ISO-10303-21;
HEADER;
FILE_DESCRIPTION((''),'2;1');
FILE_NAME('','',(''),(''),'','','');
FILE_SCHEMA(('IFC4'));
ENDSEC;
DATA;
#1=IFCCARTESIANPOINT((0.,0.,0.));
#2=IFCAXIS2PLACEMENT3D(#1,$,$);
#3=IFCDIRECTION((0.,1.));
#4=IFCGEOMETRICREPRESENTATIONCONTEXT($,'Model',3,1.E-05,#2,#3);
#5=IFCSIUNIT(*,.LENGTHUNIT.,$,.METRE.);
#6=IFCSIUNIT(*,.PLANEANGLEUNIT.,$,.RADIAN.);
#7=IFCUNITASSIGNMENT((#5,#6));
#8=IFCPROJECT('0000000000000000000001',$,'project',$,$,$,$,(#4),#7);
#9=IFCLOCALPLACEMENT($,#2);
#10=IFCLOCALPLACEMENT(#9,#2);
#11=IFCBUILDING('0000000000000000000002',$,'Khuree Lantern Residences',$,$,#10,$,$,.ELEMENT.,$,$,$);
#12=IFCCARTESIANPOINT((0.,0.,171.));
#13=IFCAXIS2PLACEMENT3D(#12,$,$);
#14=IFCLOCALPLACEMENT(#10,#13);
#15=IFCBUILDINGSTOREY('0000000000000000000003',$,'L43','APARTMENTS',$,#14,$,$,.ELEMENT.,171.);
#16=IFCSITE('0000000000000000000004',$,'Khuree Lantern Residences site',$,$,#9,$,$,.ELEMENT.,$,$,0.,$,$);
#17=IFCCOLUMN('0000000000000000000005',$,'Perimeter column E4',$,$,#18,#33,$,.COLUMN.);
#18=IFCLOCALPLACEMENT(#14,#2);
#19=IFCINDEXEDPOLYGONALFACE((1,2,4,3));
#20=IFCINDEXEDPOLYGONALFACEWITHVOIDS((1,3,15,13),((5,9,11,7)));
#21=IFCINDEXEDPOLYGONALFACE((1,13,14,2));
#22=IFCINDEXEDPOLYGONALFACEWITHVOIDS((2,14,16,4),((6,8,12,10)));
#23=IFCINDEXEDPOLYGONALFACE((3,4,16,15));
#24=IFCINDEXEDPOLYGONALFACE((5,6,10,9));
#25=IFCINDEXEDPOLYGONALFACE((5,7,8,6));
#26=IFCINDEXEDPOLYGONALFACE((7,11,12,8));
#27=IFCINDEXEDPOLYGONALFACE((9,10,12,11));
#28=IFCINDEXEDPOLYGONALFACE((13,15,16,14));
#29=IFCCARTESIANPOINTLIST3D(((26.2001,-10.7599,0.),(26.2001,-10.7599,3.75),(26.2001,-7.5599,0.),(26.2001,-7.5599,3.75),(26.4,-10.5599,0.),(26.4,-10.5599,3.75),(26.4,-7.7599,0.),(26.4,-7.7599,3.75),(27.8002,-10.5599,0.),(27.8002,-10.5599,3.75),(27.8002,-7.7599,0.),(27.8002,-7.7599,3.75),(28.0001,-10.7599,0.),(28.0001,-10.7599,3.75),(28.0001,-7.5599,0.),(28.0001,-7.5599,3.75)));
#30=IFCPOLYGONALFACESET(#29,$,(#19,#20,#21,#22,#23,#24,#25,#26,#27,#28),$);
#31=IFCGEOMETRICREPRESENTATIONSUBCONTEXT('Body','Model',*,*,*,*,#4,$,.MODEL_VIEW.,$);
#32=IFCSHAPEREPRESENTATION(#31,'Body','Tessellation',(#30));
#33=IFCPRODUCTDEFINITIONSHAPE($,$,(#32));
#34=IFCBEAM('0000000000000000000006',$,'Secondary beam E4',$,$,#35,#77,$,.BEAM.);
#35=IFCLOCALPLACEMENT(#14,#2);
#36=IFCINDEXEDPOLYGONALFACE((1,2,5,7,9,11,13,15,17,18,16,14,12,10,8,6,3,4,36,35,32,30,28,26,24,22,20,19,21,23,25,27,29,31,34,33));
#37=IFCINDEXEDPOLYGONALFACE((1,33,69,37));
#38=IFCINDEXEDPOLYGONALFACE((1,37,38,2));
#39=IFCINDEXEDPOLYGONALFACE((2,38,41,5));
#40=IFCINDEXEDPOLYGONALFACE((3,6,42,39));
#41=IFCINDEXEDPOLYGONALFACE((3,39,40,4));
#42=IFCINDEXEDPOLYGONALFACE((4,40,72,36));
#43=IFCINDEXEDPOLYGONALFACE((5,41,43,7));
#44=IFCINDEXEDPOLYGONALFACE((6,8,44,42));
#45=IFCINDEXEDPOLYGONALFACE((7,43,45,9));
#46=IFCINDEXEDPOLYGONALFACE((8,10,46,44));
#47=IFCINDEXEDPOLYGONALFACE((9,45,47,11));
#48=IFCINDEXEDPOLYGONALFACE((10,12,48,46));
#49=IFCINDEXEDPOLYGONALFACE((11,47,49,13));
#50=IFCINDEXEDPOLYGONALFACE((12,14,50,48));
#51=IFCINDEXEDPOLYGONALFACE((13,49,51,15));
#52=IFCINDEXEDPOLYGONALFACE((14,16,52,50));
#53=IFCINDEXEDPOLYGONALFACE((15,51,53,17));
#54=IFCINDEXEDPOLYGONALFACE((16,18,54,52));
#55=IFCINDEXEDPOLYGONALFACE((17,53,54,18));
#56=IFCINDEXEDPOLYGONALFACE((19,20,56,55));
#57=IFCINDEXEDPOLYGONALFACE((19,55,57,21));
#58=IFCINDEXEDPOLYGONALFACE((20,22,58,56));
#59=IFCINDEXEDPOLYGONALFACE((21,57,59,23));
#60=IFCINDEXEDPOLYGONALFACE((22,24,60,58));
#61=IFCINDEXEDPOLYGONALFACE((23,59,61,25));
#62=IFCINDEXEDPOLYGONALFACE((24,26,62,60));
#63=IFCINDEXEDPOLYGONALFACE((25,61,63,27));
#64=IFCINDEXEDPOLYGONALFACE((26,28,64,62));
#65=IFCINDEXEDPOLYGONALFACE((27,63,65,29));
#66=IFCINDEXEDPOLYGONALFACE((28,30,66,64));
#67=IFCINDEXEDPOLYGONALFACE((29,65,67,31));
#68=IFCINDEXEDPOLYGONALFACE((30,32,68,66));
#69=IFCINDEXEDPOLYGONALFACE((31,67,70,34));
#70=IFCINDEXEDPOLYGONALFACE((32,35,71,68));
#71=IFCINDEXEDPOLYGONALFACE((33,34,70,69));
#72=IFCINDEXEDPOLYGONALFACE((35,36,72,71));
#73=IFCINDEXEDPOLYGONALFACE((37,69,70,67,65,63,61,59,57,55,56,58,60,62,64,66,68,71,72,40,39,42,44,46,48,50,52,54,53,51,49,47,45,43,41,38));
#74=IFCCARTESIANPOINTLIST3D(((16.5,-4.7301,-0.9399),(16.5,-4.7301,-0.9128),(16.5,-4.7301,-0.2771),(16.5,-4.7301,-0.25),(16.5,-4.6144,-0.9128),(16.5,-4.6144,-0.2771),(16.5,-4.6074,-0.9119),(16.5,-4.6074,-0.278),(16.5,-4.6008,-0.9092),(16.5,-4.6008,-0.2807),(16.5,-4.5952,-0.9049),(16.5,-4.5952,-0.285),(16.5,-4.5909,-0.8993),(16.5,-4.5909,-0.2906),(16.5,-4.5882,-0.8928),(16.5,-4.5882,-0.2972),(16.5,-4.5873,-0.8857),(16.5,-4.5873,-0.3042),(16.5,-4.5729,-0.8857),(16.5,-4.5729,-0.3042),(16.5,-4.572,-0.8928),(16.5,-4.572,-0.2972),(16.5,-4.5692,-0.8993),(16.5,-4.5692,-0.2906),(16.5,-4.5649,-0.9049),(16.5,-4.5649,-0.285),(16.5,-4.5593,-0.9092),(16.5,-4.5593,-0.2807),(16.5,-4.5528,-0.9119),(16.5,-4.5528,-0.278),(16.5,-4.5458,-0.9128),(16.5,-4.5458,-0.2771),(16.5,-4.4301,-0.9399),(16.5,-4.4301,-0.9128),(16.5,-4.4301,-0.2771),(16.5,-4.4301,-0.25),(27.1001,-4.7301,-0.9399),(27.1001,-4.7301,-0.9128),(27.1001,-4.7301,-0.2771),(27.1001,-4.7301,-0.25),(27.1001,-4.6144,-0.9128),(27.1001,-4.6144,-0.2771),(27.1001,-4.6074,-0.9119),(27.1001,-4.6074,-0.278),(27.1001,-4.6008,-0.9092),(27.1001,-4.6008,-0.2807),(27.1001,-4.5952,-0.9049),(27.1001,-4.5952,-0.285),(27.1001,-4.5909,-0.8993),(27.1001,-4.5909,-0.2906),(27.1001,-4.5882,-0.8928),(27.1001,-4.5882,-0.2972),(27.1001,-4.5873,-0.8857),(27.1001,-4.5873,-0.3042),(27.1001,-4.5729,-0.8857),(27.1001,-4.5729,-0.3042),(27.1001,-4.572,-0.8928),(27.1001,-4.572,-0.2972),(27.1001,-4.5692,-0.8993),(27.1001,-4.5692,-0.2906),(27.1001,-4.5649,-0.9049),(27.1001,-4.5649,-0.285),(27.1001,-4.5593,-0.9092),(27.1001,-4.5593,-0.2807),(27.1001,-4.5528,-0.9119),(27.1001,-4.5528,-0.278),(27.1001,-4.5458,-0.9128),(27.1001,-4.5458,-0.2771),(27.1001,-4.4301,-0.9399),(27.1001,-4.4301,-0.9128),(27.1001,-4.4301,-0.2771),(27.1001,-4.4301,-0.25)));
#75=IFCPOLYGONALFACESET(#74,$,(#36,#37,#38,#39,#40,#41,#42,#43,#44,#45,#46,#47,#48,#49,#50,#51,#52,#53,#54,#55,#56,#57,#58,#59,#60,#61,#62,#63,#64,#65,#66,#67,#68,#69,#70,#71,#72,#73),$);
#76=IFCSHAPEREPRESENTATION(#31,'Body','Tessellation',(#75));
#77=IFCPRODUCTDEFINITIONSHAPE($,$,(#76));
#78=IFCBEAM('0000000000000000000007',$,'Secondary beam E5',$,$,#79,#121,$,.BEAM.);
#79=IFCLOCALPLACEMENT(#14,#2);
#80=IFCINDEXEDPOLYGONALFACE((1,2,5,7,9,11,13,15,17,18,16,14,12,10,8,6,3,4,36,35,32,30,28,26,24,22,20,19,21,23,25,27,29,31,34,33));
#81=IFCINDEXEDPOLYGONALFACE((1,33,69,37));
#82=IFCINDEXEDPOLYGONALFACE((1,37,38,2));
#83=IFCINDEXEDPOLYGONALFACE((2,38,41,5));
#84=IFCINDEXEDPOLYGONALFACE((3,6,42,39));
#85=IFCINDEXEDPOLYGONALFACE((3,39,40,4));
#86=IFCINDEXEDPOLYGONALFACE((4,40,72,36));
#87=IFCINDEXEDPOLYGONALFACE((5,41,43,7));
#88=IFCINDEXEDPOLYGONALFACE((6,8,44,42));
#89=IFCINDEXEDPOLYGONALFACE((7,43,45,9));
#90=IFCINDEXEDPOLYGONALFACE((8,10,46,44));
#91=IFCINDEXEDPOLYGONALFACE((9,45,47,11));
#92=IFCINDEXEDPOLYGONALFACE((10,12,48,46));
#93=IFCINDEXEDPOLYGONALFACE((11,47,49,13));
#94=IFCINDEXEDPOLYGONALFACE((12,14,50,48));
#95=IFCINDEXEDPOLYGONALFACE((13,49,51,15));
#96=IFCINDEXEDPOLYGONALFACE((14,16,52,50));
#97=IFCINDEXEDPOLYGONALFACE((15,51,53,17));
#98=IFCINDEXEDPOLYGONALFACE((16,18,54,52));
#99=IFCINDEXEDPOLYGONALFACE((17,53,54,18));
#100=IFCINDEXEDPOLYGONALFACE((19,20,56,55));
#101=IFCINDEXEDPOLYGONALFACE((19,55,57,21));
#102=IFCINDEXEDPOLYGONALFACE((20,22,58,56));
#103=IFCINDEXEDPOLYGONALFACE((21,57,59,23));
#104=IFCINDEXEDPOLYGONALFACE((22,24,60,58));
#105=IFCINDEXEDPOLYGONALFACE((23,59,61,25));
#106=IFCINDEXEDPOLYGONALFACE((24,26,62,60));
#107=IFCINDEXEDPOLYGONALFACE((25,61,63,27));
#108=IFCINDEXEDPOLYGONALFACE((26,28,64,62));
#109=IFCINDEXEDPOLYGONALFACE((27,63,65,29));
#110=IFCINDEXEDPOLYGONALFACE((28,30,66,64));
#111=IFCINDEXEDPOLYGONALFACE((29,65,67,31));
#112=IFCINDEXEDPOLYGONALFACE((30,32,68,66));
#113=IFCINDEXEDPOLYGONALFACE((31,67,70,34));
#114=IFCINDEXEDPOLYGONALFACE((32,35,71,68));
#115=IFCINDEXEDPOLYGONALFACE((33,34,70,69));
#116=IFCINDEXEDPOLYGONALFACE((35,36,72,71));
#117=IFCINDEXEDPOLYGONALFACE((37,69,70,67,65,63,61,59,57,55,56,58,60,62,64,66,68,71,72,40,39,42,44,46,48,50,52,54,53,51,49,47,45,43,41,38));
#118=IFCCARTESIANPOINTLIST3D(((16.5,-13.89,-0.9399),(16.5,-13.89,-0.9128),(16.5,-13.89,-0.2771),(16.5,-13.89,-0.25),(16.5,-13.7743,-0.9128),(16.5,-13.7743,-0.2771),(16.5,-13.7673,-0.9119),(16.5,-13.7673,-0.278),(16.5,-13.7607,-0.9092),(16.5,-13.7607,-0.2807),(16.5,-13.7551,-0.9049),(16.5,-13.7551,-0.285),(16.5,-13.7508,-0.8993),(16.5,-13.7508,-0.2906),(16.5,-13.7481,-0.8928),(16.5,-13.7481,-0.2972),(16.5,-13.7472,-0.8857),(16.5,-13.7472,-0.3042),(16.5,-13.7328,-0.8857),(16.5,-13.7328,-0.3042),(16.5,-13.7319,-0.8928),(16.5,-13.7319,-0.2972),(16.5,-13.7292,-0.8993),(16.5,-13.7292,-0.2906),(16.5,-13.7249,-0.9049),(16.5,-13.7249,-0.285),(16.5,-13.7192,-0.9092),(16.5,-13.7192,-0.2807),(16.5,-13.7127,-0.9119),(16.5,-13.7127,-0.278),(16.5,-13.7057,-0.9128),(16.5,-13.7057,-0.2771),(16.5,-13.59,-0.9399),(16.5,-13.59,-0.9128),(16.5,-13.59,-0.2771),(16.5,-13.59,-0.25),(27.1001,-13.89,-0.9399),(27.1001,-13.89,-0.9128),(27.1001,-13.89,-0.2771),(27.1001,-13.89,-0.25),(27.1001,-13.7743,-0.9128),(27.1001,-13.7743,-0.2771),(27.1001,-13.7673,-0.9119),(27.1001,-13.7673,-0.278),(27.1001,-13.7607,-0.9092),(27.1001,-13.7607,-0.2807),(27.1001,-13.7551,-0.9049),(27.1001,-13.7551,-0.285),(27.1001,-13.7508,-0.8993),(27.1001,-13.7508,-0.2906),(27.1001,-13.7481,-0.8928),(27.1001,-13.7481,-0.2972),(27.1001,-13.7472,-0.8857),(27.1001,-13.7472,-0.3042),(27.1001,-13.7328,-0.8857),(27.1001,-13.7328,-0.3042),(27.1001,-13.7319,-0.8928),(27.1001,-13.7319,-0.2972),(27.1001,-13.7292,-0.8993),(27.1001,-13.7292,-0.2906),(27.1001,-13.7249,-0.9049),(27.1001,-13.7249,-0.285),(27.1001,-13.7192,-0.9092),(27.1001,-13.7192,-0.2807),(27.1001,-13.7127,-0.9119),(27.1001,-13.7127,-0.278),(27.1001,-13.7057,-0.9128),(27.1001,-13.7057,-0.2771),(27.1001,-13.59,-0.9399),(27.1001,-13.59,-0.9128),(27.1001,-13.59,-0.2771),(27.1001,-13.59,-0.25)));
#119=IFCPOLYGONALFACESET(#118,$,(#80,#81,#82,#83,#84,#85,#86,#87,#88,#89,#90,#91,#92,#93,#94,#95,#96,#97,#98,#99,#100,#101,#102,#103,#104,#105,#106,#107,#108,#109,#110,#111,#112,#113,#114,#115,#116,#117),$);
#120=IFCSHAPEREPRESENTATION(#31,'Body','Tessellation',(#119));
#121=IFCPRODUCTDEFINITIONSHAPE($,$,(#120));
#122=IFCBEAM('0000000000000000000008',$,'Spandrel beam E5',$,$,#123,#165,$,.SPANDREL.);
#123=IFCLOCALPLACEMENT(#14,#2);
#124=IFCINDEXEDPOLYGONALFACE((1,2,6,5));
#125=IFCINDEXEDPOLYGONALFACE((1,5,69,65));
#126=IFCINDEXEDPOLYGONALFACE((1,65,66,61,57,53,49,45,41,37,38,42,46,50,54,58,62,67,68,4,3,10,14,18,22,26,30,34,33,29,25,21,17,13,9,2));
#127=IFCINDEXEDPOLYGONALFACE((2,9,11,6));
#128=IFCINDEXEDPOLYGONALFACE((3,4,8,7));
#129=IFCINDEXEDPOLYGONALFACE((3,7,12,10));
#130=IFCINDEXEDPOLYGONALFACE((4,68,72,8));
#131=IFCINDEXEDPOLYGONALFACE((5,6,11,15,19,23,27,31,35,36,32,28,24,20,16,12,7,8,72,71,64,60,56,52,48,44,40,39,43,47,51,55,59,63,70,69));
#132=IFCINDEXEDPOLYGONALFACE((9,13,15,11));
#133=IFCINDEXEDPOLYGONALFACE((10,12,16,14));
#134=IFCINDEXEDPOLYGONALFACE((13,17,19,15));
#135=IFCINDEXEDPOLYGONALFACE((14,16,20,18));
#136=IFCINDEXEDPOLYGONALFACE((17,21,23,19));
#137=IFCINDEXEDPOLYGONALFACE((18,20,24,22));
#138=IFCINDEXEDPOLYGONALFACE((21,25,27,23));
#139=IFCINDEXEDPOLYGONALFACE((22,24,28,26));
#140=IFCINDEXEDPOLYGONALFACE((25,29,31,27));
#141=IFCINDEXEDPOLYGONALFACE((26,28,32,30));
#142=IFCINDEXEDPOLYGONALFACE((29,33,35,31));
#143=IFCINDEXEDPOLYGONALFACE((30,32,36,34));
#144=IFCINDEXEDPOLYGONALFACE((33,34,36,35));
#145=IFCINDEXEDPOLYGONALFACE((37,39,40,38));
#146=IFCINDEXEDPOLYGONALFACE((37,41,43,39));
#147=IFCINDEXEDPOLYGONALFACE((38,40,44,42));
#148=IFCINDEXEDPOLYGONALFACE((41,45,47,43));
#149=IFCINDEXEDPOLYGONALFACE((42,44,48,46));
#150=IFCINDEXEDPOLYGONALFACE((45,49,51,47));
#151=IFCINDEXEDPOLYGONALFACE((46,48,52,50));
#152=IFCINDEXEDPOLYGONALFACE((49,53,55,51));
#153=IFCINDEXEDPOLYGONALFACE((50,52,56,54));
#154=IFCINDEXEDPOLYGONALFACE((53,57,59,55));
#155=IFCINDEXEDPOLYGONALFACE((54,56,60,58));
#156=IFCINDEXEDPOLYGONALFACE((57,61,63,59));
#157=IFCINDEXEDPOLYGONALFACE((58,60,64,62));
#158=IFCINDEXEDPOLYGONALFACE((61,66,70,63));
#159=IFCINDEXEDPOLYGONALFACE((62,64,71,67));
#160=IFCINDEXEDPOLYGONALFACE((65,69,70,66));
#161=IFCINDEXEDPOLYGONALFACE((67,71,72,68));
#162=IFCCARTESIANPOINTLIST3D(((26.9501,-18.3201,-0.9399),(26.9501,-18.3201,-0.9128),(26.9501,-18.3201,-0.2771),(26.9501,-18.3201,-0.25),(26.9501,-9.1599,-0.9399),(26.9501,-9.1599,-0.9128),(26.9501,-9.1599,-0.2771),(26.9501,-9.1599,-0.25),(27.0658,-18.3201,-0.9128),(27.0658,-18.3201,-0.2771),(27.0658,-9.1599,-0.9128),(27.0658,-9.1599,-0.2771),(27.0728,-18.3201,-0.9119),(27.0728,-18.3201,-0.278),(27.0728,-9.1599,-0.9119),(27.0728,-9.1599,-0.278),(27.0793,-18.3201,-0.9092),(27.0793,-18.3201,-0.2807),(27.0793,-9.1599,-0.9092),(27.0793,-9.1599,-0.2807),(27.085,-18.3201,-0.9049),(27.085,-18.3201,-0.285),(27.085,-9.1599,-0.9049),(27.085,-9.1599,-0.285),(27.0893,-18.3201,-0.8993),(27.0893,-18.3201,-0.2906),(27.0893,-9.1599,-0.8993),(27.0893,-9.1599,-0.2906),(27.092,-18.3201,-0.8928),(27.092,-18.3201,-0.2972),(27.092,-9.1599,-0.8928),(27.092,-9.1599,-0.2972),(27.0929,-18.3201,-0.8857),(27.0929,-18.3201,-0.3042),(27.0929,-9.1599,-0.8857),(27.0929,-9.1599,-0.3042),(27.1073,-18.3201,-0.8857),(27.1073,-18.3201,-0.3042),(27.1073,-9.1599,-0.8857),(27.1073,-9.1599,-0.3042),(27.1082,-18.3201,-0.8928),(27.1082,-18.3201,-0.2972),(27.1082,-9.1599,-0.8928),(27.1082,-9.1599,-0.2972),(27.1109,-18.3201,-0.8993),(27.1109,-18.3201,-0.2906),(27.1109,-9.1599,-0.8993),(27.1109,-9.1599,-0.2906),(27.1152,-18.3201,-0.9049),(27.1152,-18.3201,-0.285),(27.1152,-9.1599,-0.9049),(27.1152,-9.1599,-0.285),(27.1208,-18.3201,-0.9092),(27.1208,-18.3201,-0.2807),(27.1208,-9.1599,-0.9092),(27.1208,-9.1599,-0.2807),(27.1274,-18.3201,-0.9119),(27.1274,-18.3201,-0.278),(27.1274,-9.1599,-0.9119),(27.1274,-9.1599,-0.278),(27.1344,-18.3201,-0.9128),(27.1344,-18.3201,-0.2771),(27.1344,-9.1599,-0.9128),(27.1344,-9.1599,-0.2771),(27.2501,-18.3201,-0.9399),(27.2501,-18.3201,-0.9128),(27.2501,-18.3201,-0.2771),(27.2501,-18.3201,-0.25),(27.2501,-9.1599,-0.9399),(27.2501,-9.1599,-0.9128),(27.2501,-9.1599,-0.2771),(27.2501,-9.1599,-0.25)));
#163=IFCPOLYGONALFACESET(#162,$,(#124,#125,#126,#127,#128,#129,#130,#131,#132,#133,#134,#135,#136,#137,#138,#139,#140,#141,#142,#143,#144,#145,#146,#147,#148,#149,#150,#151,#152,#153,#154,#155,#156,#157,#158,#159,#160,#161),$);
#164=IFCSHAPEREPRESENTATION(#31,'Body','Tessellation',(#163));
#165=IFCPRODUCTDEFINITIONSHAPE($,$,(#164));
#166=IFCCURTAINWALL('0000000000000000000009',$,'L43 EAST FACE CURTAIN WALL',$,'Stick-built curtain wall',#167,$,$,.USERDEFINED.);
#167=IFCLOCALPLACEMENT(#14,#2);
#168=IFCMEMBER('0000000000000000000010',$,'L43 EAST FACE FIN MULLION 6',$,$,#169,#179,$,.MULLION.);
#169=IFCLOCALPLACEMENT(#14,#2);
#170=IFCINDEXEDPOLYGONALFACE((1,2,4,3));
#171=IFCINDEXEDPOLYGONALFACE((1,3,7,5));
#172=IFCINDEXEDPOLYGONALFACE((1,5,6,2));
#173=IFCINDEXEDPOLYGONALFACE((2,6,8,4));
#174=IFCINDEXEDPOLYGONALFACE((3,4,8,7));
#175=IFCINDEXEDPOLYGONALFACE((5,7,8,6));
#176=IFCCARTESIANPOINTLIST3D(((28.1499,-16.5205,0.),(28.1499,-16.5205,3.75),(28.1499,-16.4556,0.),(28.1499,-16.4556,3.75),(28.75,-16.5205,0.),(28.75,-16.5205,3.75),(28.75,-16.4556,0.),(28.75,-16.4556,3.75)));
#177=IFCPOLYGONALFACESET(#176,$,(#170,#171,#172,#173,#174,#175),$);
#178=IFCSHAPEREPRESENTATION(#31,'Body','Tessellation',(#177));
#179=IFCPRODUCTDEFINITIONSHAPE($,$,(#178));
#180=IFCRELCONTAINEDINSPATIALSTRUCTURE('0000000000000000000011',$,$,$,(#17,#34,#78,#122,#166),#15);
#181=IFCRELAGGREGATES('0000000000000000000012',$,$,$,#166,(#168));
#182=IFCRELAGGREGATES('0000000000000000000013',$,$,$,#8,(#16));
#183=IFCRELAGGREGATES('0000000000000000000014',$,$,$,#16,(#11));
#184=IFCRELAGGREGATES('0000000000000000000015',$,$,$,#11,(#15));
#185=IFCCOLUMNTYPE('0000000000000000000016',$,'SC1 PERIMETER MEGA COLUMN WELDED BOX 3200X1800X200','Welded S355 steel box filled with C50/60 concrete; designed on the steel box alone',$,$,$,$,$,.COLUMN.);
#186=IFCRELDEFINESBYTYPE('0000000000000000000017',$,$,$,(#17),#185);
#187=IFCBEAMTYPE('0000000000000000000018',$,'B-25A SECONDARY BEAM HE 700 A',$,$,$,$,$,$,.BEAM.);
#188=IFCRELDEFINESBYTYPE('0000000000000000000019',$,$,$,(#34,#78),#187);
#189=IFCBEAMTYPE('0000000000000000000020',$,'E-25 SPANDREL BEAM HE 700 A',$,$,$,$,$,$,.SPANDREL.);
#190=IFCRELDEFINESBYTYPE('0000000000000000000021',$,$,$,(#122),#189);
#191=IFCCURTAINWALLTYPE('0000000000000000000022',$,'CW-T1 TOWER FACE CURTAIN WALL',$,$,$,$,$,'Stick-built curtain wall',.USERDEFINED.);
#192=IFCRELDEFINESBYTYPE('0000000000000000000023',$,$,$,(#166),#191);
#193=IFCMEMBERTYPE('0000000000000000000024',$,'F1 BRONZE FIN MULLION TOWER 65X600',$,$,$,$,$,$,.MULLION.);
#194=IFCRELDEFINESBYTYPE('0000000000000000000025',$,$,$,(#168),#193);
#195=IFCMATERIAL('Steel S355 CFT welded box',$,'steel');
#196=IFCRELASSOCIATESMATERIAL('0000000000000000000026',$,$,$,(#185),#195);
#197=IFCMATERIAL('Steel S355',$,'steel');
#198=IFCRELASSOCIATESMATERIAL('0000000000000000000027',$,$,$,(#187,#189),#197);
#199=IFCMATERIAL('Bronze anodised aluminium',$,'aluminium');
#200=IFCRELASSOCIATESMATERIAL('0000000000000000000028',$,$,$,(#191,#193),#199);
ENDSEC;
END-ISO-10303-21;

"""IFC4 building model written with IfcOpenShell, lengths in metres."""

from ifc_helpers import new_model, si_unit, direction, frame, origin, origin_2d, place, context, subcontext, project, spatial, rectangle, hollow_rectangle, i_section, extrude, material, material_profile, profile_set, type_object, element, aggregate, save


model = new_model("IFC4")

# Units and contexts
model_context = context("Model", 3, precision=1e-05, world=origin(), true_north=direction((0.0, 1.0)))
body_context = subcontext(model_context, "Body", "Model", "MODEL_VIEW")
ifc_project = project(units=[si_unit("LENGTHUNIT", "METRE"), si_unit("PLANEANGLEUNIT", "RADIAN")], contexts=[model_context])

# Site, building, storey
site_placement = place(None, origin())
site = spatial("IfcSite", under=ifc_project, at=site_placement, Name="Khuree Lantern Residences site", CompositionType="ELEMENT", RefElevation=0.0)
building_placement = place(site_placement, origin())
building = spatial("IfcBuilding", under=site, at=building_placement, Name="Khuree Lantern Residences", CompositionType="ELEMENT")
storey_placement = place(building_placement, frame((0.0, 0.0, 171.0)))
storey = spatial("IfcBuildingStorey", under=building, at=storey_placement, Name="L43", Description="APARTMENTS", CompositionType="ELEMENT", Elevation=171.0)

# Column
ifc_material_1 = material(Name="Steel S355 CFT welded box", Category="steel")
ifc_material_profile_1 = material_profile(ifc_material_1, hollow_rectangle(XDim=3.2, YDim=1.8, WallThickness=0.2, at=origin_2d()), Name="WELDED BOX 3200X1800X200")
ifc_profile_set_1 = profile_set([ifc_material_profile_1], Name="Steel S355 CFT welded box")
column_type = type_object("IfcColumnType", Name="SC1 PERIMETER MEGA COLUMN WELDED BOX 3200X1800X200", Description="Welded S355 steel box filled with C50/60 concrete; designed on the steel box alone", PredefinedType="COLUMN", material=ifc_profile_set_1)
column_placement = place(storey_placement, frame((27.1001, -9.1599, 0.0), z_axis=(0.0, 0.0, 1.0), x_axis=(0.0, 1.0, 0.0)))
element("IfcColumn", 1, at=column_placement, inside=storey, type_object=column_type, Name="Perimeter column E4", PredefinedType="COLUMN", context=body_context, shape_type="SweptSolid", body=[
    extrude(hollow_rectangle(XDim=3.2, YDim=1.8, WallThickness=0.2, at=origin_2d()), origin(), (0.0, 0.0, 1.0), 3.75),
])

# Beams
ifc_material_2 = material(Name="Steel S355", Category="steel")
ifc_material_profile_2 = material_profile(ifc_material_2, i_section(OverallWidth=0.3, OverallDepth=0.6899, WebThickness=0.0144, FlangeThickness=0.0271, FilletRadius=0.0271, at=origin_2d()), Name="HE 700 A")
ifc_profile_set_2 = profile_set([ifc_material_profile_2], Name="Steel S355")
beam_type_1 = type_object("IfcBeamType", Name="B-25A SECONDARY BEAM HE 700 A", PredefinedType="BEAM", material=ifc_profile_set_2)
for number, where, z_axis, x_axis, name in (
    (2, (27.1001, -4.5801, -0.595), (-1.0, 0.0, 0.0), (0.0, -1.0, 0.0), "Secondary beam E4"),
    (3, (27.1001, -13.74, -0.595), (-1.0, 0.0, 0.0), (0.0, -1.0, 0.0), "Secondary beam E5"),
):
    element("IfcBeam", number, at=place(storey_placement, frame(where, z_axis=z_axis, x_axis=x_axis)), inside=storey, type_object=beam_type_1, Name=name, PredefinedType="BEAM", context=body_context, shape_type="SweptSolid", body=[
        extrude(i_section(OverallWidth=0.3, OverallDepth=0.6899, WebThickness=0.0144, FlangeThickness=0.0271, FilletRadius=0.0271, at=origin_2d()), origin(), (0.0, 0.0, 1.0), 10.6001),
    ])
ifc_material_profile_3 = material_profile(ifc_material_2, i_section(OverallWidth=0.3, OverallDepth=0.6899, WebThickness=0.0144, FlangeThickness=0.0271, FilletRadius=0.0271, at=origin_2d()), Name="HE 700 A")
ifc_profile_set_3 = profile_set([ifc_material_profile_3], Name="Steel S355")
beam_type_2 = type_object("IfcBeamType", Name="E-25 SPANDREL BEAM HE 700 A", PredefinedType="SPANDREL", material=ifc_profile_set_3)
beam_1_placement = place(storey_placement, frame((27.1001, -9.1599, -0.595), z_axis=(0.0, -1.0, 0.0), x_axis=(1.0, 0.0, 0.0)))
element("IfcBeam", 4, at=beam_1_placement, inside=storey, type_object=beam_type_2, Name="Spandrel beam E5", PredefinedType="SPANDREL", context=body_context, shape_type="SweptSolid", body=[
    extrude(i_section(OverallWidth=0.3, OverallDepth=0.6899, WebThickness=0.0144, FlangeThickness=0.0271, FilletRadius=0.0271, at=origin_2d()), origin(), (0.0, 0.0, 1.0), 9.1602),
])

# Curtain wall, member
ifc_material_3 = material(Name="Bronze anodised aluminium", Category="aluminium")
curtain_wall_type = type_object("IfcCurtainWallType", Name="CW-T1 TOWER FACE CURTAIN WALL", ElementType="Stick-built curtain wall", PredefinedType="USERDEFINED", material=ifc_material_3)
curtain_wall_placement = place(storey_placement, origin())
curtain_wall = element("IfcCurtainWall", 5, at=curtain_wall_placement, inside=storey, type_object=curtain_wall_type, Name="L43 EAST FACE CURTAIN WALL", ObjectType="Stick-built curtain wall", PredefinedType="USERDEFINED")
ifc_material_profile_4 = material_profile(ifc_material_3, rectangle(XDim=0.0649, YDim=0.6001, at=origin_2d()), Name="F1 65X600")
ifc_profile_set_4 = profile_set([ifc_material_profile_4], Name="Bronze anodised aluminium")
member_type_1 = type_object("IfcMemberType", Name="F1 BRONZE FIN MULLION TOWER 65X600", PredefinedType="MULLION", material=ifc_profile_set_4)
member_1_placement = place(storey_placement, frame((28.45, -16.488, 0.0), z_axis=(0.0, 0.0, 1.0), x_axis=(0.0, 1.0, 0.0)))
member_1 = element("IfcMember", 6, at=member_1_placement, type_object=member_type_1, Name="L43 EAST FACE FIN MULLION 6", PredefinedType="MULLION", context=body_context, shape_type="SweptSolid", body=[
    extrude(rectangle(XDim=0.0649, YDim=0.6001, at=origin_2d()), origin(), (0.0, 0.0, 1.0), 3.75),
])

aggregate(curtain_wall, [member_1])

save(model, "model.ifc")
